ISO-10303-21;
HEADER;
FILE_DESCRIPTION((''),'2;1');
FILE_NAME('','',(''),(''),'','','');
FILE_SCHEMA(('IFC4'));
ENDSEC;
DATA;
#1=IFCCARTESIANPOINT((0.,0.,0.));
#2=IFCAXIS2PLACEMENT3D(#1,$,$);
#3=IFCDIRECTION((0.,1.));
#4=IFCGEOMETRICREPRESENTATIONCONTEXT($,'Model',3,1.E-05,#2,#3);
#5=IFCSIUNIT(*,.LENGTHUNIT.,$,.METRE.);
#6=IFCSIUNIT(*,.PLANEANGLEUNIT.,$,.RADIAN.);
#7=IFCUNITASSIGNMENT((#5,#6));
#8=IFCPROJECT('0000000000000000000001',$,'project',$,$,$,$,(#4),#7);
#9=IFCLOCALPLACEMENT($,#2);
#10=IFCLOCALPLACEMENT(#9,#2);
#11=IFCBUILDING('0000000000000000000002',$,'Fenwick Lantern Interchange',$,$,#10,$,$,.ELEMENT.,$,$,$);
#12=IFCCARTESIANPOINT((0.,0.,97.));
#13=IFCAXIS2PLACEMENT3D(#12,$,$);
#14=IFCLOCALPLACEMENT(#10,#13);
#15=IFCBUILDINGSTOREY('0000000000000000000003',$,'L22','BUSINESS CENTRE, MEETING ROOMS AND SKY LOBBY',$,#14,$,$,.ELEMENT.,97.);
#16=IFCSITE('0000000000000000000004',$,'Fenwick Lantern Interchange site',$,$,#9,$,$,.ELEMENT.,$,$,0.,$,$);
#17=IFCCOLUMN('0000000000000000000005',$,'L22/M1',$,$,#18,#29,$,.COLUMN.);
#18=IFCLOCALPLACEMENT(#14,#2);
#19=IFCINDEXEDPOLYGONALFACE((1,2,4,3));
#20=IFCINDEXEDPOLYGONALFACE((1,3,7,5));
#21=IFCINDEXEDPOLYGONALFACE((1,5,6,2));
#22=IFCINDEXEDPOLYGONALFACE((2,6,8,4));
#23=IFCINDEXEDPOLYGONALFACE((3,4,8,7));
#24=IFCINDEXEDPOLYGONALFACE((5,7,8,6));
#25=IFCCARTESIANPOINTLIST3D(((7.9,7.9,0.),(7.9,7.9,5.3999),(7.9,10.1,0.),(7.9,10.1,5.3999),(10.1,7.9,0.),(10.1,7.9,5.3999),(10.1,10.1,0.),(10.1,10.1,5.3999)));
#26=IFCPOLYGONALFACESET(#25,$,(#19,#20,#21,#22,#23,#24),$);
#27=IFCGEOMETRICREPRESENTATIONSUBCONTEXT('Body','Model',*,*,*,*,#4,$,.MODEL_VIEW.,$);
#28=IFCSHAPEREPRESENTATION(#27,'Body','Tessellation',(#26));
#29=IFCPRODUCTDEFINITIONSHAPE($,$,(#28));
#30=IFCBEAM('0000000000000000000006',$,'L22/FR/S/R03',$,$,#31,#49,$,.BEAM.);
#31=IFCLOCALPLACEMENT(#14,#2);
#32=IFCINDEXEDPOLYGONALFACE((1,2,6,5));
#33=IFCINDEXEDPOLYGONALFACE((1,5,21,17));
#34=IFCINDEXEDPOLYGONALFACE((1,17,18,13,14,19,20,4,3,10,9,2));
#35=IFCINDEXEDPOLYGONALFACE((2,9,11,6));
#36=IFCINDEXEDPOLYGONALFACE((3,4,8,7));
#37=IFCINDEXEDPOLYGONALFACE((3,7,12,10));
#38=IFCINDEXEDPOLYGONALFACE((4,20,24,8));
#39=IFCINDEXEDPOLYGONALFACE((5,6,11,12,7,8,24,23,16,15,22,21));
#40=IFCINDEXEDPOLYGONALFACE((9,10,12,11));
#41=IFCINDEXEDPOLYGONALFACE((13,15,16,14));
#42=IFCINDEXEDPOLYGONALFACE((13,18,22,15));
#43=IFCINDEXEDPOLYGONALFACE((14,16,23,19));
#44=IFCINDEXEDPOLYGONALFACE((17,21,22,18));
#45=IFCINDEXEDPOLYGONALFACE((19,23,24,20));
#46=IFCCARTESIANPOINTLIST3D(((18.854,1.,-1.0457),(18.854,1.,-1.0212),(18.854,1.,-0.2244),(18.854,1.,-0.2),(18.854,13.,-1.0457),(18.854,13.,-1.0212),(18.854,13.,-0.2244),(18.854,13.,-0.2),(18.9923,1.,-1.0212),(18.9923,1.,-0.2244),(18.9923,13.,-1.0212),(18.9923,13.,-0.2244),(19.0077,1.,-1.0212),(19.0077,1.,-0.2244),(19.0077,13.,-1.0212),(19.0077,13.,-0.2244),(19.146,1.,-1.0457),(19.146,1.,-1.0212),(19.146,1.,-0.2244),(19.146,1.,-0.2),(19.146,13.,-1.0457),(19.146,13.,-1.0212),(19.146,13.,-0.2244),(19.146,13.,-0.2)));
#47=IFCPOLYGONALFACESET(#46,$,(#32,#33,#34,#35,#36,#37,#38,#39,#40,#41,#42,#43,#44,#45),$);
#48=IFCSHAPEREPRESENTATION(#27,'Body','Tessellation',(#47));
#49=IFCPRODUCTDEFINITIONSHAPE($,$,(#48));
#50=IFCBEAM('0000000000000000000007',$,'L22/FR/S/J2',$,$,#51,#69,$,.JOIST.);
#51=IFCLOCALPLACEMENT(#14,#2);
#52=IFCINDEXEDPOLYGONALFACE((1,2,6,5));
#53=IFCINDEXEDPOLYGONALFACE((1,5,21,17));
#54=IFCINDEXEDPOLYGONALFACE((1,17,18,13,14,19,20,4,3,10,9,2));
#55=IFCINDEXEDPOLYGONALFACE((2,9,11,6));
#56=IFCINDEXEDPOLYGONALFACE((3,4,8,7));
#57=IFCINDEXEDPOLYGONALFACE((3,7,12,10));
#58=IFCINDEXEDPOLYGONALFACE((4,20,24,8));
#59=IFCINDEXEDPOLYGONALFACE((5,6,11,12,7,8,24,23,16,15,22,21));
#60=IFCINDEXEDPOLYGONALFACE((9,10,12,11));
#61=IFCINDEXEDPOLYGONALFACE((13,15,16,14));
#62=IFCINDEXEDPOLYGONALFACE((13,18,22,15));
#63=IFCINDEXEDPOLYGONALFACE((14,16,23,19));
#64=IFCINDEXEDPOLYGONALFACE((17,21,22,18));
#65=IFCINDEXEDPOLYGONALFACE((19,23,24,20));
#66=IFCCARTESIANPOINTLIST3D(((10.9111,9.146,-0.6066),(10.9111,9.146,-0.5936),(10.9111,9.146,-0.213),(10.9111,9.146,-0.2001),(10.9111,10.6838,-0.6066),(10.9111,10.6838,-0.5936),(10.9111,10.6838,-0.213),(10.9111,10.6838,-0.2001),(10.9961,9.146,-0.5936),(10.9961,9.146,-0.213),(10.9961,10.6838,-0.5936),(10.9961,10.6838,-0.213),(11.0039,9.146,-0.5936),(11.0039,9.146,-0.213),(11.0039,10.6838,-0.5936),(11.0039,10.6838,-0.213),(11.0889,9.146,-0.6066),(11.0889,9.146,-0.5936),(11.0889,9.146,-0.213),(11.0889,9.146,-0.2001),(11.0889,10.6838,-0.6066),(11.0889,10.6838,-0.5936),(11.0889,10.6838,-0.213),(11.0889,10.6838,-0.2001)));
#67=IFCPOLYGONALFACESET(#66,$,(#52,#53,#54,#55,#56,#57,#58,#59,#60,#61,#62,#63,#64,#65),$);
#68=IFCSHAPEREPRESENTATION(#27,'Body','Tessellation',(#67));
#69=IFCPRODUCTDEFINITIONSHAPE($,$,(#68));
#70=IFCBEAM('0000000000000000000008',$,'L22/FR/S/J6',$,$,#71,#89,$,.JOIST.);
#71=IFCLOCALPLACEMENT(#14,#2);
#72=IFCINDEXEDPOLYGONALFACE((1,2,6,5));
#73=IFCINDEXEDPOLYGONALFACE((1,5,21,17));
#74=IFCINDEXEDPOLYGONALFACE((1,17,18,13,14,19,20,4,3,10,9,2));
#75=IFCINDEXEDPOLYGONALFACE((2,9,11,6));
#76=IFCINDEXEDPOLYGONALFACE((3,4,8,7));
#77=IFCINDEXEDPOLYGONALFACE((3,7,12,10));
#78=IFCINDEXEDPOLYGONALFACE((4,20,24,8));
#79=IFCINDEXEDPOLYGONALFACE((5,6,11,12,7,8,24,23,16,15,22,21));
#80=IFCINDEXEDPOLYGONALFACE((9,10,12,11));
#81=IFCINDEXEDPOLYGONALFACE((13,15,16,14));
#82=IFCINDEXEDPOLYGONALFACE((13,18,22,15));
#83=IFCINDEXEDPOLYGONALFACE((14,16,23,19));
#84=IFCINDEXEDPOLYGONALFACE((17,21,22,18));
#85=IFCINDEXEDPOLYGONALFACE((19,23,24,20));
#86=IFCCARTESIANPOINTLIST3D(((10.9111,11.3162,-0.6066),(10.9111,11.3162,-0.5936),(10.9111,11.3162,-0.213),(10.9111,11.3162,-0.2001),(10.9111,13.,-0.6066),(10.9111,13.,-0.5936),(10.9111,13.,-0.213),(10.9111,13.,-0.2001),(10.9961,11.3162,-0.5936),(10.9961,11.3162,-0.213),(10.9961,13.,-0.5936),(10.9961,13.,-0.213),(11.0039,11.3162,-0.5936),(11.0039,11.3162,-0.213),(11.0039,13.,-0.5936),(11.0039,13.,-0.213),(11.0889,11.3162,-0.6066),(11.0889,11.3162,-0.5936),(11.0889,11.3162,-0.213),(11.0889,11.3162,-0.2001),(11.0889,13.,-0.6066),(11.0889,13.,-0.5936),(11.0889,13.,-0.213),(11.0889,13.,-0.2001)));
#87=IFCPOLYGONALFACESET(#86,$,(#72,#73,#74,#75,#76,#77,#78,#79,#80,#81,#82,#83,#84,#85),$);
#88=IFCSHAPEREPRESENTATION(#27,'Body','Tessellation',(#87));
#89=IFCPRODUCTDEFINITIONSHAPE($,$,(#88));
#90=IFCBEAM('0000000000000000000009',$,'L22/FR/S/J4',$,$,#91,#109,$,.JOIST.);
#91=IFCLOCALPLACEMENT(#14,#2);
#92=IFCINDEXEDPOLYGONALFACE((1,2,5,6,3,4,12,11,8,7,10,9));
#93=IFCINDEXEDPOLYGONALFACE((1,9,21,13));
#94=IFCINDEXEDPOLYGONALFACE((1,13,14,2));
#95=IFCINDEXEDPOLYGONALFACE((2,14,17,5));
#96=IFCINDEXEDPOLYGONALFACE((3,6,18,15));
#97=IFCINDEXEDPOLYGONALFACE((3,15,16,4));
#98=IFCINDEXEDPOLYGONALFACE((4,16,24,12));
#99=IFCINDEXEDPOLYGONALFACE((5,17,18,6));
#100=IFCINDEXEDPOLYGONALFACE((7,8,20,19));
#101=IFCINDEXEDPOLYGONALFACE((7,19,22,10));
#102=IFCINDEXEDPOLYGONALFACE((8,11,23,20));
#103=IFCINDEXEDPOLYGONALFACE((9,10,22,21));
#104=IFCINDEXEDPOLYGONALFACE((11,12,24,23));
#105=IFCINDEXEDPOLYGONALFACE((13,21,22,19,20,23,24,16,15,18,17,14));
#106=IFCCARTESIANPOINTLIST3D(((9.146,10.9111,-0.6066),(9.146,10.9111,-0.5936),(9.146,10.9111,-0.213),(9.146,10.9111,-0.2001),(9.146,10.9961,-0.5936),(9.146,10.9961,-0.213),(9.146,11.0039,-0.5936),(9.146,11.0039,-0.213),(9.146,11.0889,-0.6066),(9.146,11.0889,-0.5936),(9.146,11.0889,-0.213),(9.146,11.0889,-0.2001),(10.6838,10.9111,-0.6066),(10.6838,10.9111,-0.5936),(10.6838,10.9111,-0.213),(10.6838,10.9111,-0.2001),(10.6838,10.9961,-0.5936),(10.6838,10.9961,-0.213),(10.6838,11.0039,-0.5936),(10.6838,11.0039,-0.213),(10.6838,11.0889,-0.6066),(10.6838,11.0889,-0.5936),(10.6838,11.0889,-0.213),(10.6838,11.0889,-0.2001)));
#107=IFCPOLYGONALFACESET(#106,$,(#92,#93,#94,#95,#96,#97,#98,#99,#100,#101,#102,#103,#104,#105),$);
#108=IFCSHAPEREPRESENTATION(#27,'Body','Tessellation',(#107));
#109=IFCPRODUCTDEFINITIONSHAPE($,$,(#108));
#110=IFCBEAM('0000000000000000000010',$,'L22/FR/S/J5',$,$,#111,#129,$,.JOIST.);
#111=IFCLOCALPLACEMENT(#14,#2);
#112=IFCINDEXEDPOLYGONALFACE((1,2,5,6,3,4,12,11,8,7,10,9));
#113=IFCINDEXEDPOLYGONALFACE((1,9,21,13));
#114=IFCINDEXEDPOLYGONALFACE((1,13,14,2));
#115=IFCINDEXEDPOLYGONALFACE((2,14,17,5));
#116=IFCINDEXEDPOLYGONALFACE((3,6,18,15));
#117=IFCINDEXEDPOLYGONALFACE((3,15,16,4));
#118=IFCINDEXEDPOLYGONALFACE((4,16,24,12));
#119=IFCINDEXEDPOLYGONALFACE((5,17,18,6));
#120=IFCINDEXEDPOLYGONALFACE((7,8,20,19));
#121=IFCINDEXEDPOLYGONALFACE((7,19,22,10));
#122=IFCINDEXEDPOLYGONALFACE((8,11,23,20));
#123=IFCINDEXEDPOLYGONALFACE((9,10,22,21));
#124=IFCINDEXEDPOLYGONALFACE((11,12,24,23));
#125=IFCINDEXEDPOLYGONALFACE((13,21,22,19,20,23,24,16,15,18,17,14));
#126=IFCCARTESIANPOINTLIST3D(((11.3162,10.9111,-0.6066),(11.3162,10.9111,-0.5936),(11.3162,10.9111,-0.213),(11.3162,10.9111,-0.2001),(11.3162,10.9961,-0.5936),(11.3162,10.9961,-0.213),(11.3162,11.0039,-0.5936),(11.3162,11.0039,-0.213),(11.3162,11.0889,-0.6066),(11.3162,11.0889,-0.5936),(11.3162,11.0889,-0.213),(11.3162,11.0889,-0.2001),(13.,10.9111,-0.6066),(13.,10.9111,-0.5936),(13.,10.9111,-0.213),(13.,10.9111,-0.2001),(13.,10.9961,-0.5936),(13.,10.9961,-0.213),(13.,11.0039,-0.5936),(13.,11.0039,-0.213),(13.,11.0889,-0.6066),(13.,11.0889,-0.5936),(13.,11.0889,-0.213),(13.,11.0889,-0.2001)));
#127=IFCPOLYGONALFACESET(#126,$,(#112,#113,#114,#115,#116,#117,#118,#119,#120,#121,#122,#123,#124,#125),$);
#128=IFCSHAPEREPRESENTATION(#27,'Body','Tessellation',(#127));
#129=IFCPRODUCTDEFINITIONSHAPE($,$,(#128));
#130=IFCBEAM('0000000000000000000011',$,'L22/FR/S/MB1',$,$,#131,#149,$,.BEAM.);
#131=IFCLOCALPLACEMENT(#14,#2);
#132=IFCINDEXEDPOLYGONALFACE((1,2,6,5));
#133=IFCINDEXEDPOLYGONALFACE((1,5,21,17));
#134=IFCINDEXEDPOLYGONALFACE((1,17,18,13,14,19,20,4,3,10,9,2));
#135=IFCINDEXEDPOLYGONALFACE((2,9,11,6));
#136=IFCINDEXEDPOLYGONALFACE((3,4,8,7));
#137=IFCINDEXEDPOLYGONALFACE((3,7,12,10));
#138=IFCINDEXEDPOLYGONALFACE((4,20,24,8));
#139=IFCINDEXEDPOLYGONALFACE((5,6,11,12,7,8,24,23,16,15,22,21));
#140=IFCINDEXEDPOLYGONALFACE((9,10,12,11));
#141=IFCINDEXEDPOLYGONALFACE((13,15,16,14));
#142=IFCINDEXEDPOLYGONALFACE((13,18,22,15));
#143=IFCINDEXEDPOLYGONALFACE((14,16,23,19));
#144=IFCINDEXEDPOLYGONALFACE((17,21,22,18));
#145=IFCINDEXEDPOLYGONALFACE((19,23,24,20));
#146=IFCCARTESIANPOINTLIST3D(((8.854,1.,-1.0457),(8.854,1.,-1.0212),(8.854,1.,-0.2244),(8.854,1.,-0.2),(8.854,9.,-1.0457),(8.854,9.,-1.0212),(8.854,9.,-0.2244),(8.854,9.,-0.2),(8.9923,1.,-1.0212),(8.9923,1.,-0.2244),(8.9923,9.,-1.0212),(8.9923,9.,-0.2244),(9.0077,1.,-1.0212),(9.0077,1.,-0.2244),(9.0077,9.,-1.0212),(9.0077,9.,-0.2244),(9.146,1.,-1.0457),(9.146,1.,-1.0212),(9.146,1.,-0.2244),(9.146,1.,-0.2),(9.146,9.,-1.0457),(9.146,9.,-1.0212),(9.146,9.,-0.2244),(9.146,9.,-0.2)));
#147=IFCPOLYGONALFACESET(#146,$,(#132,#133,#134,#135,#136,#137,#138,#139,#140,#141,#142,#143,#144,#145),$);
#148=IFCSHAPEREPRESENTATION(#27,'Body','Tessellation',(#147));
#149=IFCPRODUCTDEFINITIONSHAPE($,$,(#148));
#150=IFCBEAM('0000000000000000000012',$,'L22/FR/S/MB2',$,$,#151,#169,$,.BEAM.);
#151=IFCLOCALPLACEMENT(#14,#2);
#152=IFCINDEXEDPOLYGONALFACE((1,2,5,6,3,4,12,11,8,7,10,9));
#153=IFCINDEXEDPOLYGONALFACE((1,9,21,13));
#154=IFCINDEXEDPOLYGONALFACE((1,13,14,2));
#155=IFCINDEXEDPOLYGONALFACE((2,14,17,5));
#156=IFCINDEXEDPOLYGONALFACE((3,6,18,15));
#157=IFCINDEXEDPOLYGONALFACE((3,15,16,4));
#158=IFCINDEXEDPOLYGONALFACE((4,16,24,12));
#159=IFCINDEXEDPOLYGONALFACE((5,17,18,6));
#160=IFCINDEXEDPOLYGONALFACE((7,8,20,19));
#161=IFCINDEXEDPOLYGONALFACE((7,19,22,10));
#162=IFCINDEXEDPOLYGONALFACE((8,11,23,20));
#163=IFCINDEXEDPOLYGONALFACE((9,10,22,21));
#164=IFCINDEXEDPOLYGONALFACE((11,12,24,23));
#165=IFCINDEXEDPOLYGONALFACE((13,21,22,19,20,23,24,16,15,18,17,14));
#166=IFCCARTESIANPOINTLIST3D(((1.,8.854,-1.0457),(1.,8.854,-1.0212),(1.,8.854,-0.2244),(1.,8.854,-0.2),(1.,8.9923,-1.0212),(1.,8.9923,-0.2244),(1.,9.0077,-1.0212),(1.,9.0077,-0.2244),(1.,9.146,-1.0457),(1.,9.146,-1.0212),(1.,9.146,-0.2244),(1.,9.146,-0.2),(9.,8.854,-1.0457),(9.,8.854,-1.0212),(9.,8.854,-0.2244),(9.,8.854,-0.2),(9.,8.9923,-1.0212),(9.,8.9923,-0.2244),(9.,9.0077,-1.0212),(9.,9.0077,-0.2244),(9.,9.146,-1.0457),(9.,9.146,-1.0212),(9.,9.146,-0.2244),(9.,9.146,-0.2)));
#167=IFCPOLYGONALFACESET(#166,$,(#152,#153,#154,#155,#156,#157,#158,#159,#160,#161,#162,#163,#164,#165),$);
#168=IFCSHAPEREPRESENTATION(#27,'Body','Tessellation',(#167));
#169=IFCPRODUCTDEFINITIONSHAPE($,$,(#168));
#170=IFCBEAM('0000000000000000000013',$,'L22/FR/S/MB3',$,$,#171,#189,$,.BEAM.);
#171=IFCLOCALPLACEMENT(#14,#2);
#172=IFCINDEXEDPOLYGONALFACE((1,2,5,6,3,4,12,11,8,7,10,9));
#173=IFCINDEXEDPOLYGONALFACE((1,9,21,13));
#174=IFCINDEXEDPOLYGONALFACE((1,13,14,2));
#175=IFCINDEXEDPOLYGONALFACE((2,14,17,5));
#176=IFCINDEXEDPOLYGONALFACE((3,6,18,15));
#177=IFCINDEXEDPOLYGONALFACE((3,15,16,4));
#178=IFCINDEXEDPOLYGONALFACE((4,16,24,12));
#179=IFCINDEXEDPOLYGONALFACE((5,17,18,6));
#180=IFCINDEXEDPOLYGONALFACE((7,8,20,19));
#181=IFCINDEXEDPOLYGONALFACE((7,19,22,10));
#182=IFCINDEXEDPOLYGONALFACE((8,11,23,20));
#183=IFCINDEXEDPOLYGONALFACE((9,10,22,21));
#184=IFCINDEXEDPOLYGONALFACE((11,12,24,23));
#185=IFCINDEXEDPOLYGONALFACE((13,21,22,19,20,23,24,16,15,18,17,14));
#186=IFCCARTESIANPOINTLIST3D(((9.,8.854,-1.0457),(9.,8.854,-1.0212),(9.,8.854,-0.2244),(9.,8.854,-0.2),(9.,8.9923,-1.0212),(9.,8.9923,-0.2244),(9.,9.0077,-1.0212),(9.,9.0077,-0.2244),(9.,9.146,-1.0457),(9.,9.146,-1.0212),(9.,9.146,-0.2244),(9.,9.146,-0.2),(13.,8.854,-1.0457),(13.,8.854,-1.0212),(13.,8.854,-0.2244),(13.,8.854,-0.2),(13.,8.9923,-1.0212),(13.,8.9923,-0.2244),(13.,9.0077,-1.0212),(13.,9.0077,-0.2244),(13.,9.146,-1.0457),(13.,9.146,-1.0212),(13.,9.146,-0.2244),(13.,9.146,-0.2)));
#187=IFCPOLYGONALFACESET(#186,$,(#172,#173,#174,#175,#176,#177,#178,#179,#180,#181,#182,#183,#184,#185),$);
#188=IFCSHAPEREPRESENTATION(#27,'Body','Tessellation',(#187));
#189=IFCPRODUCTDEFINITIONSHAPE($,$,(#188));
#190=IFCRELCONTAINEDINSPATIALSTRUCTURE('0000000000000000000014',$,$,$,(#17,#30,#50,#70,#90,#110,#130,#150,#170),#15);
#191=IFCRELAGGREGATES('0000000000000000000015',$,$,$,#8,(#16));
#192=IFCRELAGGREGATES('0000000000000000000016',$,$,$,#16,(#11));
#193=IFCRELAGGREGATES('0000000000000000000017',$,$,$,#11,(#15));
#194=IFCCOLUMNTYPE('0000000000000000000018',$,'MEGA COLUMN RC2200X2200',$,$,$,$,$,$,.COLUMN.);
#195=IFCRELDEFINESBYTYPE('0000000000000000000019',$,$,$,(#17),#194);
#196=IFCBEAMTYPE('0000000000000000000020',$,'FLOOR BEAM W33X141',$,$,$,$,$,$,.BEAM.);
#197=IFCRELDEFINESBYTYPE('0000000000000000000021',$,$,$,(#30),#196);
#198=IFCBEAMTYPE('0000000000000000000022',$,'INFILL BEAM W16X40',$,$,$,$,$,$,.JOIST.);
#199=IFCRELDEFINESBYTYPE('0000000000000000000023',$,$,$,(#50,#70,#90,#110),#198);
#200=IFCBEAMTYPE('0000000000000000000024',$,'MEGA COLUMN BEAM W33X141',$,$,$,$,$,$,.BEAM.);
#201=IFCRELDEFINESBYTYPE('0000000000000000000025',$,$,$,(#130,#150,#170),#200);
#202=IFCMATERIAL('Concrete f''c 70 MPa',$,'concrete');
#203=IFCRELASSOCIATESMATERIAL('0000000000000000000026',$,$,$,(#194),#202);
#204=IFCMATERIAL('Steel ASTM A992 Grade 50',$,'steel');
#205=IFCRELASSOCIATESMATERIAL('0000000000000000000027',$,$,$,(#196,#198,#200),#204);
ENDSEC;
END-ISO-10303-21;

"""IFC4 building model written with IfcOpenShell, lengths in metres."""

from ifc_helpers import new_model, si_unit, direction, frame, origin, origin_2d, place, context, subcontext, project, spatial, rectangle, i_section, extrude, material, material_profile, profile_set, type_object, element, save


model = new_model("IFC4")

# Units and contexts
model_context = context("Model", 3, precision=1e-05, world=origin(), true_north=direction((0.0, 1.0)))
body_context = subcontext(model_context, "Body", "Model", "MODEL_VIEW")
ifc_project = project(units=[si_unit("LENGTHUNIT", "METRE"), si_unit("PLANEANGLEUNIT", "RADIAN")], contexts=[model_context])

# Site, building, storey
site_placement = place(None, origin())
site = spatial("IfcSite", under=ifc_project, at=site_placement, Name="Fenwick Lantern Interchange site", CompositionType="ELEMENT", RefElevation=0.0)
building_placement = place(site_placement, origin())
building = spatial("IfcBuilding", under=site, at=building_placement, Name="Fenwick Lantern Interchange", CompositionType="ELEMENT")
storey_placement = place(building_placement, frame((0.0, 0.0, 97.0)))
storey = spatial("IfcBuildingStorey", under=building, at=storey_placement, Name="L22", Description="BUSINESS CENTRE, MEETING ROOMS AND SKY LOBBY", CompositionType="ELEMENT", Elevation=97.0)

# Column
ifc_material_1 = material(Name="Concrete f'c 70 MPa", Category="concrete")
ifc_material_profile_1 = material_profile(ifc_material_1, rectangle(XDim=2.2, YDim=2.2, at=origin_2d()), Name="RC2200X2200")
ifc_profile_set_1 = profile_set([ifc_material_profile_1], Name="Concrete f'c 70 MPa")
column_type = type_object("IfcColumnType", Name="MEGA COLUMN RC2200X2200", PredefinedType="COLUMN", material=ifc_profile_set_1)
column_placement = place(storey_placement, frame((9.0, 9.0, 0.0), z_axis=(0.0, 0.0, 1.0), x_axis=(1.0, 0.0, 0.0)))
element("IfcColumn", 1, at=column_placement, inside=storey, type_object=column_type, Name="L22/M1", PredefinedType="COLUMN", context=body_context, shape_type="SweptSolid", body=[
    extrude(rectangle(XDim=2.2, YDim=2.2, at=origin_2d()), origin(), (0.0, 0.0, 1.0), 5.3999),
])

# Beams
ifc_material_2 = material(Name="Steel ASTM A992 Grade 50", Category="steel")
ifc_material_profile_2 = material_profile(ifc_material_2, i_section(OverallWidth=0.292, OverallDepth=0.8457, WebThickness=0.0154, FlangeThickness=0.0244, at=origin_2d()), Name="W33X141")
ifc_profile_set_2 = profile_set([ifc_material_profile_2], Name="Steel ASTM A992 Grade 50")
beam_type_1 = type_object("IfcBeamType", Name="FLOOR BEAM W33X141", PredefinedType="BEAM", material=ifc_profile_set_2)
beam_1_placement = place(storey_placement, frame((19.0, 1.0, -0.6228), z_axis=(0.0, 1.0, 0.0), x_axis=(-1.0, 0.0, 0.0)))
element("IfcBeam", 2, at=beam_1_placement, inside=storey, type_object=beam_type_1, Name="L22/FR/S/R03", PredefinedType="BEAM", context=body_context, shape_type="SweptSolid", body=[
    extrude(i_section(OverallWidth=0.292, OverallDepth=0.8457, WebThickness=0.0154, FlangeThickness=0.0244, at=origin_2d()), origin(), (0.0, 0.0, 1.0), 12.0),
])
ifc_material_profile_3 = material_profile(ifc_material_2, i_section(OverallWidth=0.1777, OverallDepth=0.4065, WebThickness=0.0078, FlangeThickness=0.0129, at=origin_2d()), Name="W16X40")
ifc_profile_set_3 = profile_set([ifc_material_profile_3], Name="Steel ASTM A992 Grade 50")
beam_type_2 = type_object("IfcBeamType", Name="INFILL BEAM W16X40", PredefinedType="JOIST", material=ifc_profile_set_3)
beam_2_placement = place(storey_placement, frame((11.0, 9.146, -0.4033), z_axis=(0.0, 1.0, 0.0), x_axis=(-1.0, 0.0, 0.0)))
element("IfcBeam", 3, at=beam_2_placement, inside=storey, type_object=beam_type_2, Name="L22/FR/S/J2", PredefinedType="JOIST", context=body_context, shape_type="SweptSolid", body=[
    extrude(i_section(OverallWidth=0.1777, OverallDepth=0.4065, WebThickness=0.0078, FlangeThickness=0.0129, at=origin_2d()), origin(), (0.0, 0.0, 1.0), 1.5378),
])
beam_3_placement = place(storey_placement, frame((11.0, 11.3162, -0.4033), z_axis=(0.0, 1.0, 0.0), x_axis=(-1.0, 0.0, 0.0)))
element("IfcBeam", 4, at=beam_3_placement, inside=storey, type_object=beam_type_2, Name="L22/FR/S/J6", PredefinedType="JOIST", context=body_context, shape_type="SweptSolid", body=[
    extrude(i_section(OverallWidth=0.1777, OverallDepth=0.4065, WebThickness=0.0078, FlangeThickness=0.0129, at=origin_2d()), origin(), (0.0, 0.0, 1.0), 1.6838),
])
beam_4_placement = place(storey_placement, frame((9.146, 11.0, -0.4033), z_axis=(1.0, 0.0, 0.0), x_axis=(0.0, 1.0, 0.0)))
element("IfcBeam", 5, at=beam_4_placement, inside=storey, type_object=beam_type_2, Name="L22/FR/S/J4", PredefinedType="JOIST", context=body_context, shape_type="SweptSolid", body=[
    extrude(i_section(OverallWidth=0.1777, OverallDepth=0.4065, WebThickness=0.0078, FlangeThickness=0.0129, at=origin_2d()), origin(), (0.0, 0.0, 1.0), 1.5378),
])
beam_5_placement = place(storey_placement, frame((11.3162, 11.0, -0.4033), z_axis=(1.0, 0.0, 0.0), x_axis=(0.0, 1.0, 0.0)))
element("IfcBeam", 6, at=beam_5_placement, inside=storey, type_object=beam_type_2, Name="L22/FR/S/J5", PredefinedType="JOIST", context=body_context, shape_type="SweptSolid", body=[
    extrude(i_section(OverallWidth=0.1777, OverallDepth=0.4065, WebThickness=0.0078, FlangeThickness=0.0129, at=origin_2d()), origin(), (0.0, 0.0, 1.0), 1.6838),
])
ifc_material_profile_4 = material_profile(ifc_material_2, i_section(OverallWidth=0.292, OverallDepth=0.8457, WebThickness=0.0154, FlangeThickness=0.0244, at=origin_2d()), Name="W33X141")
ifc_profile_set_4 = profile_set([ifc_material_profile_4], Name="Steel ASTM A992 Grade 50")
beam_type_3 = type_object("IfcBeamType", Name="MEGA COLUMN BEAM W33X141", PredefinedType="BEAM", material=ifc_profile_set_4)
for number, where, z_axis, x_axis, name in (
    (7, (9.0, 9.0, -0.6228), (0.0, -1.0, 0.0), (1.0, 0.0, 0.0), "L22/FR/S/MB1"),
    (8, (9.0, 9.0, -0.6228), (-1.0, 0.0, 0.0), (0.0, -1.0, 0.0), "L22/FR/S/MB2"),
):
    element("IfcBeam", number, at=place(storey_placement, frame(where, z_axis=z_axis, x_axis=x_axis)), inside=storey, type_object=beam_type_3, Name=name, PredefinedType="BEAM", context=body_context, shape_type="SweptSolid", body=[
        extrude(i_section(OverallWidth=0.292, OverallDepth=0.8457, WebThickness=0.0154, FlangeThickness=0.0244, at=origin_2d()), origin(), (0.0, 0.0, 1.0), 8.0),
    ])
for number, where, z_axis, x_axis, name in (
    (9, (9.0, 9.0, -0.6228), (1.0, 0.0, 0.0), (0.0, 1.0, 0.0), "L22/FR/S/MB3"),
):
    element("IfcBeam", number, at=place(storey_placement, frame(where, z_axis=z_axis, x_axis=x_axis)), inside=storey, type_object=beam_type_3, Name=name, PredefinedType="BEAM", context=body_context, shape_type="SweptSolid", body=[
        extrude(i_section(OverallWidth=0.292, OverallDepth=0.8457, WebThickness=0.0154, FlangeThickness=0.0244, at=origin_2d()), origin(), (0.0, 0.0, 1.0), 4.0),
    ])

save(model, "model.ifc")
